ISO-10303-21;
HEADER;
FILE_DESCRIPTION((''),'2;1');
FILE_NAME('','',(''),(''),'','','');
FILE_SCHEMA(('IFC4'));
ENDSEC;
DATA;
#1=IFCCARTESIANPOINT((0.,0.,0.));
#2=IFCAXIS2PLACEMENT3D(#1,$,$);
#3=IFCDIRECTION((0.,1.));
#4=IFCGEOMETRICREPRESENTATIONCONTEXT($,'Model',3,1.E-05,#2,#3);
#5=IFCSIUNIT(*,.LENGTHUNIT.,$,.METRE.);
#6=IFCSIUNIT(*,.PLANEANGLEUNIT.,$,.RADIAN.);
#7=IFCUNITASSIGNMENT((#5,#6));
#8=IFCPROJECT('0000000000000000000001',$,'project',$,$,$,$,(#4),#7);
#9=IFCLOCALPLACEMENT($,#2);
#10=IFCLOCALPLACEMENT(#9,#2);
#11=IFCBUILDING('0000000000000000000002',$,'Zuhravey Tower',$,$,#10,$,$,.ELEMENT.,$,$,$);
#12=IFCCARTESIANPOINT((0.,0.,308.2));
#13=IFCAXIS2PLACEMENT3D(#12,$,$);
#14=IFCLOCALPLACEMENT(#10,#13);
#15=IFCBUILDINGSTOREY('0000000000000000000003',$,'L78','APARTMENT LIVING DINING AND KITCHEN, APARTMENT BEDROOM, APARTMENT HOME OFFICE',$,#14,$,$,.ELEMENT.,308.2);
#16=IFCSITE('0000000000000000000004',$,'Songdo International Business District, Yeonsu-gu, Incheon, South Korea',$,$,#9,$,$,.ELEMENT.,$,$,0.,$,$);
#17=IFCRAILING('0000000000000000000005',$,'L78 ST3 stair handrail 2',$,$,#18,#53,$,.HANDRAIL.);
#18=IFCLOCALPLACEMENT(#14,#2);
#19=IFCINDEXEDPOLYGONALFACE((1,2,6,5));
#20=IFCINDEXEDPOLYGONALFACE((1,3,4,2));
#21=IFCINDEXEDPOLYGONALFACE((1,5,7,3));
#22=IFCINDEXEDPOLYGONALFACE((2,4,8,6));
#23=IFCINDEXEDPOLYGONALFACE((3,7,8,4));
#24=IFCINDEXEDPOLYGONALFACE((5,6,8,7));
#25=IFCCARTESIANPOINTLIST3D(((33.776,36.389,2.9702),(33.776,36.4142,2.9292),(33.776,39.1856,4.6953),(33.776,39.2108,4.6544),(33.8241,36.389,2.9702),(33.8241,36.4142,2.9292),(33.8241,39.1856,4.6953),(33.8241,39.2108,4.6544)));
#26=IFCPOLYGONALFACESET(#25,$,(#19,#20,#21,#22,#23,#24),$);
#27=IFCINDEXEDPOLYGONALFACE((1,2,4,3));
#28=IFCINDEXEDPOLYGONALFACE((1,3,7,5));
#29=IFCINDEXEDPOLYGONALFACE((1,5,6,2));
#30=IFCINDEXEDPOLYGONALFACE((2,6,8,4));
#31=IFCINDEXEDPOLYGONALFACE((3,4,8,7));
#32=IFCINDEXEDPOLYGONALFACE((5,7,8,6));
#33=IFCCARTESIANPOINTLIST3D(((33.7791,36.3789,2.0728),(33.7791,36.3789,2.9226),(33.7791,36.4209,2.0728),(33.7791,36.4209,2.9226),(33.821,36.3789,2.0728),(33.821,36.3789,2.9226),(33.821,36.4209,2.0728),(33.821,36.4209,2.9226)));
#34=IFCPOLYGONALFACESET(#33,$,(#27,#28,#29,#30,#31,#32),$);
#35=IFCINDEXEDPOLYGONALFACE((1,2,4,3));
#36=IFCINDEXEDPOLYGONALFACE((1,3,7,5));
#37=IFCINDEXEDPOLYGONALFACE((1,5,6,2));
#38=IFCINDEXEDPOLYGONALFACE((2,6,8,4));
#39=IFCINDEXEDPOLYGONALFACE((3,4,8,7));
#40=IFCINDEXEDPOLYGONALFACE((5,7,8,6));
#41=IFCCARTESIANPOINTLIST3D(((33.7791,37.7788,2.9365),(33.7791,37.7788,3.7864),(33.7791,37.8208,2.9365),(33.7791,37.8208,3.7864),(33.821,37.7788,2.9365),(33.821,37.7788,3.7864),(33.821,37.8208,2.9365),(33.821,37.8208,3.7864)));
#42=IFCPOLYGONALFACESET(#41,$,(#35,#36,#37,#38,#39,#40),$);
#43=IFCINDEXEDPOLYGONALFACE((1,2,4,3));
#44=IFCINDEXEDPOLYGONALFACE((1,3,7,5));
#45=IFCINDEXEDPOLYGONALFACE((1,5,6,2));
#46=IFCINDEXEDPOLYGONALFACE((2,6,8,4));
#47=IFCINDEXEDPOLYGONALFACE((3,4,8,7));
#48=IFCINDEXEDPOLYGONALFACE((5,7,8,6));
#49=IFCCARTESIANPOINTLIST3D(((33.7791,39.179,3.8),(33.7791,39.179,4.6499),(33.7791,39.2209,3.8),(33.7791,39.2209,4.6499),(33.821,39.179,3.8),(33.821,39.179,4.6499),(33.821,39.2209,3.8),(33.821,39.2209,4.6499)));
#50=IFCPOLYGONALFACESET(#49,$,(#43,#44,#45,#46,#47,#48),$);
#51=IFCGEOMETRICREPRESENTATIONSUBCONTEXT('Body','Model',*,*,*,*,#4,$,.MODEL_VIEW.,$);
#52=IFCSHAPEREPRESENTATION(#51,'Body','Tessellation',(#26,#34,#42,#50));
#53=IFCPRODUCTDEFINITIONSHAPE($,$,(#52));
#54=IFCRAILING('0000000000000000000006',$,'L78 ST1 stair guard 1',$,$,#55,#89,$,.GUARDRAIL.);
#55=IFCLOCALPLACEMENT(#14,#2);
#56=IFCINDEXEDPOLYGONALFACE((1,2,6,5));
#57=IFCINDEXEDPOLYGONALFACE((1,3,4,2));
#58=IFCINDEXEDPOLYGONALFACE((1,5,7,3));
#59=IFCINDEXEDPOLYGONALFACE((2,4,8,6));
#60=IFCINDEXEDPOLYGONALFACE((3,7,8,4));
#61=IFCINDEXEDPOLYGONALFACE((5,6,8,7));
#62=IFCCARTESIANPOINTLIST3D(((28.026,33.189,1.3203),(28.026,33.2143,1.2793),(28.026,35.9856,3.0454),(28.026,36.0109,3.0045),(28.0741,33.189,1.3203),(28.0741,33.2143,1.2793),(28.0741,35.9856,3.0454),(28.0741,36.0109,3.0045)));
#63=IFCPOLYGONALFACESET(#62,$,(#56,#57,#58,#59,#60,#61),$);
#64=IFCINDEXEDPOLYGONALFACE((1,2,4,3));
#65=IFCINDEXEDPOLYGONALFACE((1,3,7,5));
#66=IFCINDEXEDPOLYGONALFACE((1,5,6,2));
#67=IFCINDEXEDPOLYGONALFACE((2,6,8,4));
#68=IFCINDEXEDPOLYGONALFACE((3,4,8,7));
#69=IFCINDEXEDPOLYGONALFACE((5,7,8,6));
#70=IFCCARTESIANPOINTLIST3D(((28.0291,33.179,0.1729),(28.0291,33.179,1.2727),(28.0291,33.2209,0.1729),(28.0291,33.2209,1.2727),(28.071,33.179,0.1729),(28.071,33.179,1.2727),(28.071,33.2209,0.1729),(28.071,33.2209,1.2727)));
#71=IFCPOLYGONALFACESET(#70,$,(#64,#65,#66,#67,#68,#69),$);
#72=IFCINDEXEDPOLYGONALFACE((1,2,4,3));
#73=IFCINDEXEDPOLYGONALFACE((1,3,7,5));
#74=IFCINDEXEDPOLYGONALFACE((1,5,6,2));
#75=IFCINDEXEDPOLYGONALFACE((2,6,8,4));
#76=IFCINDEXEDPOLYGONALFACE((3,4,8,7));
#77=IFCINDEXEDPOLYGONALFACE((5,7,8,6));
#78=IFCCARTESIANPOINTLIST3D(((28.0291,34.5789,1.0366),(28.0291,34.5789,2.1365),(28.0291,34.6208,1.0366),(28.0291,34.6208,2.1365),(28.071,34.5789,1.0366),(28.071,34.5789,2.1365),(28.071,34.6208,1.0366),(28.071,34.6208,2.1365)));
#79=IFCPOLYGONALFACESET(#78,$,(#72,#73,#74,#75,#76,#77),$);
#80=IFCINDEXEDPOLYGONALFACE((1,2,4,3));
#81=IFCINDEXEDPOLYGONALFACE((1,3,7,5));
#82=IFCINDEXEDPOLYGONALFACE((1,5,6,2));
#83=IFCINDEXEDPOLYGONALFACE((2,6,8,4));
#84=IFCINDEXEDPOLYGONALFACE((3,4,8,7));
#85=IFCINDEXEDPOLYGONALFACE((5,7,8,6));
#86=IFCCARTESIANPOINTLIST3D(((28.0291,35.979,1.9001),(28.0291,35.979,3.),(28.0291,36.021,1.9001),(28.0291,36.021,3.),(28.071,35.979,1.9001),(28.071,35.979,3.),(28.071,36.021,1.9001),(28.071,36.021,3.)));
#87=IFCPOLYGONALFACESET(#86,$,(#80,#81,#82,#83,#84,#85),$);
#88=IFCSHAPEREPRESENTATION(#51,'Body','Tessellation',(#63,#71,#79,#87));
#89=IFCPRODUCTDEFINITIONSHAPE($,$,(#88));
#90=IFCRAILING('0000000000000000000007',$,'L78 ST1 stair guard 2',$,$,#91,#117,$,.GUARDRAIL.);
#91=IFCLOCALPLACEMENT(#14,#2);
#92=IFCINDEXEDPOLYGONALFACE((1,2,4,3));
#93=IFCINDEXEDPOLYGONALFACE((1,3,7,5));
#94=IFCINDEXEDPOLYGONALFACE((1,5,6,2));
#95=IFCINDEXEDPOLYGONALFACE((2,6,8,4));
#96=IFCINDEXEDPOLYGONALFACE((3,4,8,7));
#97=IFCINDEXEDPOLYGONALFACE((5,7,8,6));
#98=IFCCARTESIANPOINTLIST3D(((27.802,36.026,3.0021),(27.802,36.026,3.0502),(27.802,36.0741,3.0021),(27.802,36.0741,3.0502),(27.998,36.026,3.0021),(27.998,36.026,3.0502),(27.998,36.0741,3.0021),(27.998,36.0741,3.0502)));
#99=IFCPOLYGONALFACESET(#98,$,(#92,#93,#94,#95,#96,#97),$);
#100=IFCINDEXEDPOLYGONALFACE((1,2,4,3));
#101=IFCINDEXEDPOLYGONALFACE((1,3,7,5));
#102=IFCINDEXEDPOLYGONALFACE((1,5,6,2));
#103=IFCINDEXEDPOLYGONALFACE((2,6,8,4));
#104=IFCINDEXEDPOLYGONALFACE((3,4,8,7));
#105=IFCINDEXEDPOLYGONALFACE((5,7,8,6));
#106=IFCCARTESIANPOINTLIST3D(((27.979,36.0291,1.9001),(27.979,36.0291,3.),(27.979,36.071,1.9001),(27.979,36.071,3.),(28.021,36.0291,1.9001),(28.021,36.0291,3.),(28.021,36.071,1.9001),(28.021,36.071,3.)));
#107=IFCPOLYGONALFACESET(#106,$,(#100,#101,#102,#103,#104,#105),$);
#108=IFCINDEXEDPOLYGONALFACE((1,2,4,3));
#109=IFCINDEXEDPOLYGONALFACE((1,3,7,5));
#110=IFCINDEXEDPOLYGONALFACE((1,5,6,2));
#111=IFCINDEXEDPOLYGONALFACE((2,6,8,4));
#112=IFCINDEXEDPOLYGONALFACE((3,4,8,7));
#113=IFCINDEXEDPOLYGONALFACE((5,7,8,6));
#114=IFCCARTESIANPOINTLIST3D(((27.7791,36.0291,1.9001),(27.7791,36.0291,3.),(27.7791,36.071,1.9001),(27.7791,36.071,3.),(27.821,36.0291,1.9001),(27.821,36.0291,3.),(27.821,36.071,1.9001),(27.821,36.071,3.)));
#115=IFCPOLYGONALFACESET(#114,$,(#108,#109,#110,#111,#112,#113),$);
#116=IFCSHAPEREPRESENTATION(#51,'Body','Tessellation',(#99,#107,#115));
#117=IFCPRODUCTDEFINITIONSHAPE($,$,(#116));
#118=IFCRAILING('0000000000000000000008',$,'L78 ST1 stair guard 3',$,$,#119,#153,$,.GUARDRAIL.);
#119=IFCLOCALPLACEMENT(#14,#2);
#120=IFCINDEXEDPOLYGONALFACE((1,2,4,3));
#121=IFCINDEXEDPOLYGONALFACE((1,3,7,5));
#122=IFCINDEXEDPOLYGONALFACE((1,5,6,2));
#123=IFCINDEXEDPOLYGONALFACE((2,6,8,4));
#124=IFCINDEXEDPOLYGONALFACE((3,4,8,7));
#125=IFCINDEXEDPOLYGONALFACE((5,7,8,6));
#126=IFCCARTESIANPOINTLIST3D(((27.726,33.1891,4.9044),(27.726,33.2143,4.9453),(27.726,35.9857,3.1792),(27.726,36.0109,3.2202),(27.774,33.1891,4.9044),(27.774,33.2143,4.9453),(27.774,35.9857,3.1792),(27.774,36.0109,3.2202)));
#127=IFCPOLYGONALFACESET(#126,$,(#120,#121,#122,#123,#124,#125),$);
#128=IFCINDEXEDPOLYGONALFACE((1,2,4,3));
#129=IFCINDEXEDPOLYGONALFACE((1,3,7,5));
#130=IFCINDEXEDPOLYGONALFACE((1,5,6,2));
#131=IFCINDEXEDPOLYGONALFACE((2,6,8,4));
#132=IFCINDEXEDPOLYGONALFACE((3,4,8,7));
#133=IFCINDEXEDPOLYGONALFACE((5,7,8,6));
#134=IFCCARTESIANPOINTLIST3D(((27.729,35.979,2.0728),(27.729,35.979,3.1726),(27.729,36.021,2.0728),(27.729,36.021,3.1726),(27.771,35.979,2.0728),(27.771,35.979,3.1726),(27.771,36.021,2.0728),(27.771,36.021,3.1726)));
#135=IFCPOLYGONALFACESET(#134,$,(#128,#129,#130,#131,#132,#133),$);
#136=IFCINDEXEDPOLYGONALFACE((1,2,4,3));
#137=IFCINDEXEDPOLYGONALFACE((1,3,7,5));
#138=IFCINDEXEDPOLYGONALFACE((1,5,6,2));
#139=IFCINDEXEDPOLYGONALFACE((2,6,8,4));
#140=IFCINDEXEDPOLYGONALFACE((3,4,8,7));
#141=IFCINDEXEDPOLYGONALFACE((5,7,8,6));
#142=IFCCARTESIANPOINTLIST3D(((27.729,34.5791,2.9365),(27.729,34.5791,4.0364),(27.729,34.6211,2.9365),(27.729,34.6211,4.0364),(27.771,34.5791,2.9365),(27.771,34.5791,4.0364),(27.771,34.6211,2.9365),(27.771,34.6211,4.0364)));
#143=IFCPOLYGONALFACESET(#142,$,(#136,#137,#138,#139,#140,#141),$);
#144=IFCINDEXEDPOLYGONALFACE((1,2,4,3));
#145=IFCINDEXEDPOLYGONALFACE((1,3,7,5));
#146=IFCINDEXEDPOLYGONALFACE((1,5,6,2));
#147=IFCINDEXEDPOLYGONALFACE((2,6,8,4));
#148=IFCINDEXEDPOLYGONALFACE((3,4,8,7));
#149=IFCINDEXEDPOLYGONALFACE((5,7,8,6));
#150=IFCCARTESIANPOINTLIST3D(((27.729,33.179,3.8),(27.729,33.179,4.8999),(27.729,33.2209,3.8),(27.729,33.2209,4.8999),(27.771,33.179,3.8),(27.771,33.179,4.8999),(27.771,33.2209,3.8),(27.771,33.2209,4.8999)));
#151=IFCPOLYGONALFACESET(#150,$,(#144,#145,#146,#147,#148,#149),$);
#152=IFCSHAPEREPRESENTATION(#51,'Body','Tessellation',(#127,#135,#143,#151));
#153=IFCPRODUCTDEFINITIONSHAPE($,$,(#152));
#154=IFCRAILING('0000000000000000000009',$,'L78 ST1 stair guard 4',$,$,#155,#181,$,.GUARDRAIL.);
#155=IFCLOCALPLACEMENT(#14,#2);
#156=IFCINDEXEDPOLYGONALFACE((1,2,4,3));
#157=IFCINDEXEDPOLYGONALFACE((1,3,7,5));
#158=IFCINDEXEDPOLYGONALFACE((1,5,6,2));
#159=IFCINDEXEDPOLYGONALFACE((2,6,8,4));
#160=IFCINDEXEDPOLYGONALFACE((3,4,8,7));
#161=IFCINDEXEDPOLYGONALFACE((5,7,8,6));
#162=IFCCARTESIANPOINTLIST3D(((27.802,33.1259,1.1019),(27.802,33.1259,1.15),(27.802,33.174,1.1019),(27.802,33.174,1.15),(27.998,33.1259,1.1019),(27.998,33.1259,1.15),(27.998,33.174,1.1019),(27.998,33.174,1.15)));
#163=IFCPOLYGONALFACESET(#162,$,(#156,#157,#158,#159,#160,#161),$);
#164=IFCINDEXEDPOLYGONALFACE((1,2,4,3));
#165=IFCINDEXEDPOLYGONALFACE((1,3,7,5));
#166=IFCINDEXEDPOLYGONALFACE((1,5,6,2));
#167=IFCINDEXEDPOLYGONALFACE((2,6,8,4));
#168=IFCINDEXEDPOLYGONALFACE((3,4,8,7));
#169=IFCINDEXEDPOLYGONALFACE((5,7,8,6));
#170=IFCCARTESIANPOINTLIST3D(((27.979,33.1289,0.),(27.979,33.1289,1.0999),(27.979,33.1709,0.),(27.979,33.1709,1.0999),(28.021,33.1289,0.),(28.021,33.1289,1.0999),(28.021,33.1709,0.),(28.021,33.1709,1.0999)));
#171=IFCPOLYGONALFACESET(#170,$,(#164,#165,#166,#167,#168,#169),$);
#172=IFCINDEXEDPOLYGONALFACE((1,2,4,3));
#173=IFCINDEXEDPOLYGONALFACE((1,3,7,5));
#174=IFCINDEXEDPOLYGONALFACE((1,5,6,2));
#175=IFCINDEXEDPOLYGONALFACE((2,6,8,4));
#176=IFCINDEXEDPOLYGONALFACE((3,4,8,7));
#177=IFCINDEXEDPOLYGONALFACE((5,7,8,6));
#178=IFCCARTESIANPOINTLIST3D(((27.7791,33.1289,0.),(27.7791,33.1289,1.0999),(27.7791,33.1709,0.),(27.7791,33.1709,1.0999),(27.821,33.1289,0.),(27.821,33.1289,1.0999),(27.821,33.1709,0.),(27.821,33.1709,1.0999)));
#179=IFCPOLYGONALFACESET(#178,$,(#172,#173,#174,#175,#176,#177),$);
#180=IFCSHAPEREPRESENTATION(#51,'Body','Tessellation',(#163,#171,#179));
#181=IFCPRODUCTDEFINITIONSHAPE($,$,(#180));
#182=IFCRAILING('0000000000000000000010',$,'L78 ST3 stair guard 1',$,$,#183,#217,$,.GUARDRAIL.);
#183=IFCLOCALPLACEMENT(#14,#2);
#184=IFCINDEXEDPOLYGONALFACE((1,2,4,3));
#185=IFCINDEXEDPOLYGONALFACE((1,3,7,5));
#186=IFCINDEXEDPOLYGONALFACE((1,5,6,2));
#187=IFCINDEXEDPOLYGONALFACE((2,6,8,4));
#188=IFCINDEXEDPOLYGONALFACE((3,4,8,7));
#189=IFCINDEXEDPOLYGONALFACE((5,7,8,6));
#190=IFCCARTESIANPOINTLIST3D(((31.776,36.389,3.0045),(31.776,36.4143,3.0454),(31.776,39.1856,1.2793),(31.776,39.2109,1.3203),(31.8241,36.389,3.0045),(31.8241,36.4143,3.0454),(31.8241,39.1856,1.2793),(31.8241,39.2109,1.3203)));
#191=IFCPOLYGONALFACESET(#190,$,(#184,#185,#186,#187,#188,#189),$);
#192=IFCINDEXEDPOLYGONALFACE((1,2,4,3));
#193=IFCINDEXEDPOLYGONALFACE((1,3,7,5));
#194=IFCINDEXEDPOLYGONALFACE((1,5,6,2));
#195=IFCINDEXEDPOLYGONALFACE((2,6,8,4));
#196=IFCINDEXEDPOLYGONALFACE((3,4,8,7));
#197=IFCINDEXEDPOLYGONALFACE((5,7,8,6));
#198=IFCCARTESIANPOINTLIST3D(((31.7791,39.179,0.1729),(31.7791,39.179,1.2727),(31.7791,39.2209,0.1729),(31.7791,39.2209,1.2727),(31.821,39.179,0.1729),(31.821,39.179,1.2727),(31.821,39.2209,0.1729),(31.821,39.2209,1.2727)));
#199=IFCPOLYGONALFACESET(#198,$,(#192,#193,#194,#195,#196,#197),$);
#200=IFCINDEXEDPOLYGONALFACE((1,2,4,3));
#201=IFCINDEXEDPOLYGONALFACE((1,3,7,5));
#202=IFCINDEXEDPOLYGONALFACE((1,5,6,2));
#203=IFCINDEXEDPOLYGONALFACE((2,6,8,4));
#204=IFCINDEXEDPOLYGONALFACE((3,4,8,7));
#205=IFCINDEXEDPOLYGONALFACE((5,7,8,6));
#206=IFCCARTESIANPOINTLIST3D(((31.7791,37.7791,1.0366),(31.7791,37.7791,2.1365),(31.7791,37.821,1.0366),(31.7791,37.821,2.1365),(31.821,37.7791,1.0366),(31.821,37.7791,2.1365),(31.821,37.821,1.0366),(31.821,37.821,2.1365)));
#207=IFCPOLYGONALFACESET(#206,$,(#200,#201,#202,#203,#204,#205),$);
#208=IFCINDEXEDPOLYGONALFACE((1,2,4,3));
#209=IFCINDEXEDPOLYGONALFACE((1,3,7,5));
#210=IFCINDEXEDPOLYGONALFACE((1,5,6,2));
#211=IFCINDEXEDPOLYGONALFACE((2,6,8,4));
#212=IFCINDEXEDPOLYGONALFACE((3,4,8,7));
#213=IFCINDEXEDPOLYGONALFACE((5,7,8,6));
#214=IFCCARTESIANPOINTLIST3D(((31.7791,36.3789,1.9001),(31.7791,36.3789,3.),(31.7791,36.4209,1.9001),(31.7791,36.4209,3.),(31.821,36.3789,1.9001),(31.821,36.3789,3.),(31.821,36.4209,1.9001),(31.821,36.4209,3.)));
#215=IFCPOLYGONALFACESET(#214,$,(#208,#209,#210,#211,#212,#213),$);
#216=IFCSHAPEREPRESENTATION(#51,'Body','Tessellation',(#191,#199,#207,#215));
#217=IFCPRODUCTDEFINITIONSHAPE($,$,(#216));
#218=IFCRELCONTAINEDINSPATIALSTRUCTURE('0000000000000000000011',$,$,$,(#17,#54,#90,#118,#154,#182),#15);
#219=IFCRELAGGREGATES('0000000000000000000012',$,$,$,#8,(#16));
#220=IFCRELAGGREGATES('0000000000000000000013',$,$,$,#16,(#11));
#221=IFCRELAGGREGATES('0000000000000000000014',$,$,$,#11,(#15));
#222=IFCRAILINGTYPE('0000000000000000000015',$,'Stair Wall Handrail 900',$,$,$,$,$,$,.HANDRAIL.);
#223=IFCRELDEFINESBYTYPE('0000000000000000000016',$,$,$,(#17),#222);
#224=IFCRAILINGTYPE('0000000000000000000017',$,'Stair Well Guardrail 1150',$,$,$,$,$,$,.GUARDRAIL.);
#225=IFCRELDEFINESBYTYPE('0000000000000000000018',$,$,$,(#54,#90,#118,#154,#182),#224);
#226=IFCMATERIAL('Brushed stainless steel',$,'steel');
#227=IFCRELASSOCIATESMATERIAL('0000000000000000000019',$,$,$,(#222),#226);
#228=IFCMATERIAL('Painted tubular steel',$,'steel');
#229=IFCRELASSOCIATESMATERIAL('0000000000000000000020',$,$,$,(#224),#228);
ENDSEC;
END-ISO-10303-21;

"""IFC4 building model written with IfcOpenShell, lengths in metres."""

from ifc_helpers import new_model, si_unit, direction, frame, origin, origin_2d, place, context, subcontext, project, spatial, rectangle, extrude, material, type_object, element, save


model = new_model("IFC4")

# Units and contexts
model_context = context("Model", 3, precision=1e-05, world=origin(), true_north=direction((0.0, 1.0)))
body_context = subcontext(model_context, "Body", "Model", "MODEL_VIEW")
ifc_project = project(units=[si_unit("LENGTHUNIT", "METRE"), si_unit("PLANEANGLEUNIT", "RADIAN")], contexts=[model_context])

# Site, building, storey
site_placement = place(None, origin())
site = spatial("IfcSite", under=ifc_project, at=site_placement, Name="Songdo International Business District, Yeonsu-gu, Incheon, South Korea", CompositionType="ELEMENT", RefElevation=0.0)
building_placement = place(site_placement, origin())
building = spatial("IfcBuilding", under=site, at=building_placement, Name="Zuhravey Tower", CompositionType="ELEMENT")
storey_placement = place(building_placement, frame((0.0, 0.0, 308.2)))
storey = spatial("IfcBuildingStorey", under=building, at=storey_placement, Name="L78", Description="APARTMENT LIVING DINING AND KITCHEN, APARTMENT BEDROOM, APARTMENT HOME OFFICE", CompositionType="ELEMENT", Elevation=308.2)

# Railings
ifc_material_1 = material(Name="Brushed stainless steel", Category="steel")
railing_type_1 = type_object("IfcRailingType", Name="Stair Wall Handrail 900", PredefinedType="HANDRAIL", material=ifc_material_1)
railing_1_placement = place(storey_placement, frame((33.8, 36.3999, 2.0728)))
element("IfcRailing", 1, at=railing_1_placement, inside=storey, type_object=railing_type_1, Name="L78 ST3 stair handrail 2", PredefinedType="HANDRAIL", context=body_context, shape_type="SweptSolid", body=[
    extrude(rectangle(XDim=0.0481, YDim=0.0481, at=origin_2d()), frame((0.0, 0.0017, 0.877), z_axis=(0.0, 0.85109, 0.52502), x_axis=(-1.0, 0.0, 0.0)), (0.0, 0.0, 1.0), 3.2859),
    extrude(rectangle(XDim=0.042, YDim=0.042, at=origin_2d()), origin(), (0.0, 0.0, 1.0), 0.8499),
    extrude(rectangle(XDim=0.042, YDim=0.042, at=origin_2d()), frame((0.0, 1.3999, 0.8638)), (0.0, 0.0, 1.0), 0.8499),
    extrude(rectangle(XDim=0.042, YDim=0.042, at=origin_2d()), frame((0.0, 2.8, 1.7273)), (0.0, 0.0, 1.0), 0.8499),
])
ifc_material_2 = material(Name="Painted tubular steel", Category="steel")
railing_type_2 = type_object("IfcRailingType", Name="Stair Well Guardrail 1150", PredefinedType="GUARDRAIL", material=ifc_material_2)
railing_2_placement = place(storey_placement, frame((28.05, 33.2, 0.1729)))
element("IfcRailing", 2, at=railing_2_placement, inside=storey, type_object=railing_type_2, Name="L78 ST1 stair guard 1", PredefinedType="GUARDRAIL", context=body_context, shape_type="SweptSolid", body=[
    extrude(rectangle(XDim=0.0481, YDim=0.0481, at=origin_2d()), frame((0.0, 0.0017, 1.127), z_axis=(0.0, 0.85109, 0.52502), x_axis=(-1.0, 0.0, 0.0)), (0.0, 0.0, 1.0), 3.2859),
    extrude(rectangle(XDim=0.042, YDim=0.042, at=origin_2d()), origin(), (0.0, 0.0, 1.0), 1.0999),
    extrude(rectangle(XDim=0.042, YDim=0.042, at=origin_2d()), frame((0.0, 1.3999, 0.8638)), (0.0, 0.0, 1.0), 1.0999),
    extrude(rectangle(XDim=0.042, YDim=0.042, at=origin_2d()), frame((0.0, 2.8, 1.7273)), (0.0, 0.0, 1.0), 1.0999),
])
railing_3_placement = place(storey_placement, frame((28.0, 36.05, 1.9001)))
element("IfcRailing", 3, at=railing_3_placement, inside=storey, type_object=railing_type_2, Name="L78 ST1 stair guard 2", PredefinedType="GUARDRAIL", context=body_context, shape_type="SweptSolid", body=[
    extrude(rectangle(XDim=0.0481, YDim=0.0481, at=origin_2d()), frame((-0.002, 0.0, 1.126), z_axis=(-1.0, 0.0, 0.0), x_axis=(0.0, -1.0, 0.0)), (0.0, 0.0, 1.0), 0.196),
    extrude(rectangle(XDim=0.042, YDim=0.042, at=origin_2d()), origin(), (0.0, 0.0, 1.0), 1.0999),
    extrude(rectangle(XDim=0.042, YDim=0.042, at=origin_2d()), frame((-0.2, 0.0, 0.0)), (0.0, 0.0, 1.0), 1.0999),
])
railing_4_placement = place(storey_placement, frame((27.75, 36.0, 2.0728)))
element("IfcRailing", 4, at=railing_4_placement, inside=storey, type_object=railing_type_2, Name="L78 ST1 stair guard 3", PredefinedType="GUARDRAIL", context=body_context, shape_type="SweptSolid", body=[
    extrude(rectangle(XDim=0.0481, YDim=0.0481, at=origin_2d()), frame((0.0, -0.0017, 1.127), z_axis=(0.0, -0.85109, 0.52502), x_axis=(1.0, 0.0, 0.0)), (0.0, 0.0, 1.0), 3.2859),
    extrude(rectangle(XDim=0.042, YDim=0.042, at=origin_2d()), origin(), (0.0, 0.0, 1.0), 1.0999),
    extrude(rectangle(XDim=0.042, YDim=0.042, at=origin_2d()), frame((0.0, -1.3999, 0.8638)), (0.0, 0.0, 1.0), 1.0999),
    extrude(rectangle(XDim=0.042, YDim=0.042, at=origin_2d()), frame((0.0, -2.8, 1.7273)), (0.0, 0.0, 1.0), 1.0999),
])
railing_5_placement = place(storey_placement, frame((28.0, 33.1499, 0.0)))
element("IfcRailing", 5, at=railing_5_placement, inside=storey, type_object=railing_type_2, Name="L78 ST1 stair guard 4", PredefinedType="GUARDRAIL", context=body_context, shape_type="SweptSolid", body=[
    extrude(rectangle(XDim=0.0481, YDim=0.0481, at=origin_2d()), frame((-0.002, 0.0, 1.126), z_axis=(-1.0, 0.0, 0.0), x_axis=(0.0, -1.0, 0.0)), (0.0, 0.0, 1.0), 0.196),
    extrude(rectangle(XDim=0.042, YDim=0.042, at=origin_2d()), origin(), (0.0, 0.0, 1.0), 1.0999),
    extrude(rectangle(XDim=0.042, YDim=0.042, at=origin_2d()), frame((-0.2, 0.0, 0.0)), (0.0, 0.0, 1.0), 1.0999),
])
railing_6_placement = place(storey_placement, frame((31.8, 39.2, 0.1729)))
element("IfcRailing", 6, at=railing_6_placement, inside=storey, type_object=railing_type_2, Name="L78 ST3 stair guard 1", PredefinedType="GUARDRAIL", context=body_context, shape_type="SweptSolid", body=[
    extrude(rectangle(XDim=0.0481, YDim=0.0481, at=origin_2d()), frame((0.0, -0.0017, 1.127), z_axis=(0.0, -0.85109, 0.52502), x_axis=(1.0, 0.0, 0.0)), (0.0, 0.0, 1.0), 3.2859),
    extrude(rectangle(XDim=0.042, YDim=0.042, at=origin_2d()), origin(), (0.0, 0.0, 1.0), 1.0999),
    extrude(rectangle(XDim=0.042, YDim=0.042, at=origin_2d()), frame((0.0, -1.3999, 0.8638)), (0.0, 0.0, 1.0), 1.0999),
    extrude(rectangle(XDim=0.042, YDim=0.042, at=origin_2d()), frame((0.0, -2.8, 1.7273)), (0.0, 0.0, 1.0), 1.0999),
])

save(model, "model.ifc")
